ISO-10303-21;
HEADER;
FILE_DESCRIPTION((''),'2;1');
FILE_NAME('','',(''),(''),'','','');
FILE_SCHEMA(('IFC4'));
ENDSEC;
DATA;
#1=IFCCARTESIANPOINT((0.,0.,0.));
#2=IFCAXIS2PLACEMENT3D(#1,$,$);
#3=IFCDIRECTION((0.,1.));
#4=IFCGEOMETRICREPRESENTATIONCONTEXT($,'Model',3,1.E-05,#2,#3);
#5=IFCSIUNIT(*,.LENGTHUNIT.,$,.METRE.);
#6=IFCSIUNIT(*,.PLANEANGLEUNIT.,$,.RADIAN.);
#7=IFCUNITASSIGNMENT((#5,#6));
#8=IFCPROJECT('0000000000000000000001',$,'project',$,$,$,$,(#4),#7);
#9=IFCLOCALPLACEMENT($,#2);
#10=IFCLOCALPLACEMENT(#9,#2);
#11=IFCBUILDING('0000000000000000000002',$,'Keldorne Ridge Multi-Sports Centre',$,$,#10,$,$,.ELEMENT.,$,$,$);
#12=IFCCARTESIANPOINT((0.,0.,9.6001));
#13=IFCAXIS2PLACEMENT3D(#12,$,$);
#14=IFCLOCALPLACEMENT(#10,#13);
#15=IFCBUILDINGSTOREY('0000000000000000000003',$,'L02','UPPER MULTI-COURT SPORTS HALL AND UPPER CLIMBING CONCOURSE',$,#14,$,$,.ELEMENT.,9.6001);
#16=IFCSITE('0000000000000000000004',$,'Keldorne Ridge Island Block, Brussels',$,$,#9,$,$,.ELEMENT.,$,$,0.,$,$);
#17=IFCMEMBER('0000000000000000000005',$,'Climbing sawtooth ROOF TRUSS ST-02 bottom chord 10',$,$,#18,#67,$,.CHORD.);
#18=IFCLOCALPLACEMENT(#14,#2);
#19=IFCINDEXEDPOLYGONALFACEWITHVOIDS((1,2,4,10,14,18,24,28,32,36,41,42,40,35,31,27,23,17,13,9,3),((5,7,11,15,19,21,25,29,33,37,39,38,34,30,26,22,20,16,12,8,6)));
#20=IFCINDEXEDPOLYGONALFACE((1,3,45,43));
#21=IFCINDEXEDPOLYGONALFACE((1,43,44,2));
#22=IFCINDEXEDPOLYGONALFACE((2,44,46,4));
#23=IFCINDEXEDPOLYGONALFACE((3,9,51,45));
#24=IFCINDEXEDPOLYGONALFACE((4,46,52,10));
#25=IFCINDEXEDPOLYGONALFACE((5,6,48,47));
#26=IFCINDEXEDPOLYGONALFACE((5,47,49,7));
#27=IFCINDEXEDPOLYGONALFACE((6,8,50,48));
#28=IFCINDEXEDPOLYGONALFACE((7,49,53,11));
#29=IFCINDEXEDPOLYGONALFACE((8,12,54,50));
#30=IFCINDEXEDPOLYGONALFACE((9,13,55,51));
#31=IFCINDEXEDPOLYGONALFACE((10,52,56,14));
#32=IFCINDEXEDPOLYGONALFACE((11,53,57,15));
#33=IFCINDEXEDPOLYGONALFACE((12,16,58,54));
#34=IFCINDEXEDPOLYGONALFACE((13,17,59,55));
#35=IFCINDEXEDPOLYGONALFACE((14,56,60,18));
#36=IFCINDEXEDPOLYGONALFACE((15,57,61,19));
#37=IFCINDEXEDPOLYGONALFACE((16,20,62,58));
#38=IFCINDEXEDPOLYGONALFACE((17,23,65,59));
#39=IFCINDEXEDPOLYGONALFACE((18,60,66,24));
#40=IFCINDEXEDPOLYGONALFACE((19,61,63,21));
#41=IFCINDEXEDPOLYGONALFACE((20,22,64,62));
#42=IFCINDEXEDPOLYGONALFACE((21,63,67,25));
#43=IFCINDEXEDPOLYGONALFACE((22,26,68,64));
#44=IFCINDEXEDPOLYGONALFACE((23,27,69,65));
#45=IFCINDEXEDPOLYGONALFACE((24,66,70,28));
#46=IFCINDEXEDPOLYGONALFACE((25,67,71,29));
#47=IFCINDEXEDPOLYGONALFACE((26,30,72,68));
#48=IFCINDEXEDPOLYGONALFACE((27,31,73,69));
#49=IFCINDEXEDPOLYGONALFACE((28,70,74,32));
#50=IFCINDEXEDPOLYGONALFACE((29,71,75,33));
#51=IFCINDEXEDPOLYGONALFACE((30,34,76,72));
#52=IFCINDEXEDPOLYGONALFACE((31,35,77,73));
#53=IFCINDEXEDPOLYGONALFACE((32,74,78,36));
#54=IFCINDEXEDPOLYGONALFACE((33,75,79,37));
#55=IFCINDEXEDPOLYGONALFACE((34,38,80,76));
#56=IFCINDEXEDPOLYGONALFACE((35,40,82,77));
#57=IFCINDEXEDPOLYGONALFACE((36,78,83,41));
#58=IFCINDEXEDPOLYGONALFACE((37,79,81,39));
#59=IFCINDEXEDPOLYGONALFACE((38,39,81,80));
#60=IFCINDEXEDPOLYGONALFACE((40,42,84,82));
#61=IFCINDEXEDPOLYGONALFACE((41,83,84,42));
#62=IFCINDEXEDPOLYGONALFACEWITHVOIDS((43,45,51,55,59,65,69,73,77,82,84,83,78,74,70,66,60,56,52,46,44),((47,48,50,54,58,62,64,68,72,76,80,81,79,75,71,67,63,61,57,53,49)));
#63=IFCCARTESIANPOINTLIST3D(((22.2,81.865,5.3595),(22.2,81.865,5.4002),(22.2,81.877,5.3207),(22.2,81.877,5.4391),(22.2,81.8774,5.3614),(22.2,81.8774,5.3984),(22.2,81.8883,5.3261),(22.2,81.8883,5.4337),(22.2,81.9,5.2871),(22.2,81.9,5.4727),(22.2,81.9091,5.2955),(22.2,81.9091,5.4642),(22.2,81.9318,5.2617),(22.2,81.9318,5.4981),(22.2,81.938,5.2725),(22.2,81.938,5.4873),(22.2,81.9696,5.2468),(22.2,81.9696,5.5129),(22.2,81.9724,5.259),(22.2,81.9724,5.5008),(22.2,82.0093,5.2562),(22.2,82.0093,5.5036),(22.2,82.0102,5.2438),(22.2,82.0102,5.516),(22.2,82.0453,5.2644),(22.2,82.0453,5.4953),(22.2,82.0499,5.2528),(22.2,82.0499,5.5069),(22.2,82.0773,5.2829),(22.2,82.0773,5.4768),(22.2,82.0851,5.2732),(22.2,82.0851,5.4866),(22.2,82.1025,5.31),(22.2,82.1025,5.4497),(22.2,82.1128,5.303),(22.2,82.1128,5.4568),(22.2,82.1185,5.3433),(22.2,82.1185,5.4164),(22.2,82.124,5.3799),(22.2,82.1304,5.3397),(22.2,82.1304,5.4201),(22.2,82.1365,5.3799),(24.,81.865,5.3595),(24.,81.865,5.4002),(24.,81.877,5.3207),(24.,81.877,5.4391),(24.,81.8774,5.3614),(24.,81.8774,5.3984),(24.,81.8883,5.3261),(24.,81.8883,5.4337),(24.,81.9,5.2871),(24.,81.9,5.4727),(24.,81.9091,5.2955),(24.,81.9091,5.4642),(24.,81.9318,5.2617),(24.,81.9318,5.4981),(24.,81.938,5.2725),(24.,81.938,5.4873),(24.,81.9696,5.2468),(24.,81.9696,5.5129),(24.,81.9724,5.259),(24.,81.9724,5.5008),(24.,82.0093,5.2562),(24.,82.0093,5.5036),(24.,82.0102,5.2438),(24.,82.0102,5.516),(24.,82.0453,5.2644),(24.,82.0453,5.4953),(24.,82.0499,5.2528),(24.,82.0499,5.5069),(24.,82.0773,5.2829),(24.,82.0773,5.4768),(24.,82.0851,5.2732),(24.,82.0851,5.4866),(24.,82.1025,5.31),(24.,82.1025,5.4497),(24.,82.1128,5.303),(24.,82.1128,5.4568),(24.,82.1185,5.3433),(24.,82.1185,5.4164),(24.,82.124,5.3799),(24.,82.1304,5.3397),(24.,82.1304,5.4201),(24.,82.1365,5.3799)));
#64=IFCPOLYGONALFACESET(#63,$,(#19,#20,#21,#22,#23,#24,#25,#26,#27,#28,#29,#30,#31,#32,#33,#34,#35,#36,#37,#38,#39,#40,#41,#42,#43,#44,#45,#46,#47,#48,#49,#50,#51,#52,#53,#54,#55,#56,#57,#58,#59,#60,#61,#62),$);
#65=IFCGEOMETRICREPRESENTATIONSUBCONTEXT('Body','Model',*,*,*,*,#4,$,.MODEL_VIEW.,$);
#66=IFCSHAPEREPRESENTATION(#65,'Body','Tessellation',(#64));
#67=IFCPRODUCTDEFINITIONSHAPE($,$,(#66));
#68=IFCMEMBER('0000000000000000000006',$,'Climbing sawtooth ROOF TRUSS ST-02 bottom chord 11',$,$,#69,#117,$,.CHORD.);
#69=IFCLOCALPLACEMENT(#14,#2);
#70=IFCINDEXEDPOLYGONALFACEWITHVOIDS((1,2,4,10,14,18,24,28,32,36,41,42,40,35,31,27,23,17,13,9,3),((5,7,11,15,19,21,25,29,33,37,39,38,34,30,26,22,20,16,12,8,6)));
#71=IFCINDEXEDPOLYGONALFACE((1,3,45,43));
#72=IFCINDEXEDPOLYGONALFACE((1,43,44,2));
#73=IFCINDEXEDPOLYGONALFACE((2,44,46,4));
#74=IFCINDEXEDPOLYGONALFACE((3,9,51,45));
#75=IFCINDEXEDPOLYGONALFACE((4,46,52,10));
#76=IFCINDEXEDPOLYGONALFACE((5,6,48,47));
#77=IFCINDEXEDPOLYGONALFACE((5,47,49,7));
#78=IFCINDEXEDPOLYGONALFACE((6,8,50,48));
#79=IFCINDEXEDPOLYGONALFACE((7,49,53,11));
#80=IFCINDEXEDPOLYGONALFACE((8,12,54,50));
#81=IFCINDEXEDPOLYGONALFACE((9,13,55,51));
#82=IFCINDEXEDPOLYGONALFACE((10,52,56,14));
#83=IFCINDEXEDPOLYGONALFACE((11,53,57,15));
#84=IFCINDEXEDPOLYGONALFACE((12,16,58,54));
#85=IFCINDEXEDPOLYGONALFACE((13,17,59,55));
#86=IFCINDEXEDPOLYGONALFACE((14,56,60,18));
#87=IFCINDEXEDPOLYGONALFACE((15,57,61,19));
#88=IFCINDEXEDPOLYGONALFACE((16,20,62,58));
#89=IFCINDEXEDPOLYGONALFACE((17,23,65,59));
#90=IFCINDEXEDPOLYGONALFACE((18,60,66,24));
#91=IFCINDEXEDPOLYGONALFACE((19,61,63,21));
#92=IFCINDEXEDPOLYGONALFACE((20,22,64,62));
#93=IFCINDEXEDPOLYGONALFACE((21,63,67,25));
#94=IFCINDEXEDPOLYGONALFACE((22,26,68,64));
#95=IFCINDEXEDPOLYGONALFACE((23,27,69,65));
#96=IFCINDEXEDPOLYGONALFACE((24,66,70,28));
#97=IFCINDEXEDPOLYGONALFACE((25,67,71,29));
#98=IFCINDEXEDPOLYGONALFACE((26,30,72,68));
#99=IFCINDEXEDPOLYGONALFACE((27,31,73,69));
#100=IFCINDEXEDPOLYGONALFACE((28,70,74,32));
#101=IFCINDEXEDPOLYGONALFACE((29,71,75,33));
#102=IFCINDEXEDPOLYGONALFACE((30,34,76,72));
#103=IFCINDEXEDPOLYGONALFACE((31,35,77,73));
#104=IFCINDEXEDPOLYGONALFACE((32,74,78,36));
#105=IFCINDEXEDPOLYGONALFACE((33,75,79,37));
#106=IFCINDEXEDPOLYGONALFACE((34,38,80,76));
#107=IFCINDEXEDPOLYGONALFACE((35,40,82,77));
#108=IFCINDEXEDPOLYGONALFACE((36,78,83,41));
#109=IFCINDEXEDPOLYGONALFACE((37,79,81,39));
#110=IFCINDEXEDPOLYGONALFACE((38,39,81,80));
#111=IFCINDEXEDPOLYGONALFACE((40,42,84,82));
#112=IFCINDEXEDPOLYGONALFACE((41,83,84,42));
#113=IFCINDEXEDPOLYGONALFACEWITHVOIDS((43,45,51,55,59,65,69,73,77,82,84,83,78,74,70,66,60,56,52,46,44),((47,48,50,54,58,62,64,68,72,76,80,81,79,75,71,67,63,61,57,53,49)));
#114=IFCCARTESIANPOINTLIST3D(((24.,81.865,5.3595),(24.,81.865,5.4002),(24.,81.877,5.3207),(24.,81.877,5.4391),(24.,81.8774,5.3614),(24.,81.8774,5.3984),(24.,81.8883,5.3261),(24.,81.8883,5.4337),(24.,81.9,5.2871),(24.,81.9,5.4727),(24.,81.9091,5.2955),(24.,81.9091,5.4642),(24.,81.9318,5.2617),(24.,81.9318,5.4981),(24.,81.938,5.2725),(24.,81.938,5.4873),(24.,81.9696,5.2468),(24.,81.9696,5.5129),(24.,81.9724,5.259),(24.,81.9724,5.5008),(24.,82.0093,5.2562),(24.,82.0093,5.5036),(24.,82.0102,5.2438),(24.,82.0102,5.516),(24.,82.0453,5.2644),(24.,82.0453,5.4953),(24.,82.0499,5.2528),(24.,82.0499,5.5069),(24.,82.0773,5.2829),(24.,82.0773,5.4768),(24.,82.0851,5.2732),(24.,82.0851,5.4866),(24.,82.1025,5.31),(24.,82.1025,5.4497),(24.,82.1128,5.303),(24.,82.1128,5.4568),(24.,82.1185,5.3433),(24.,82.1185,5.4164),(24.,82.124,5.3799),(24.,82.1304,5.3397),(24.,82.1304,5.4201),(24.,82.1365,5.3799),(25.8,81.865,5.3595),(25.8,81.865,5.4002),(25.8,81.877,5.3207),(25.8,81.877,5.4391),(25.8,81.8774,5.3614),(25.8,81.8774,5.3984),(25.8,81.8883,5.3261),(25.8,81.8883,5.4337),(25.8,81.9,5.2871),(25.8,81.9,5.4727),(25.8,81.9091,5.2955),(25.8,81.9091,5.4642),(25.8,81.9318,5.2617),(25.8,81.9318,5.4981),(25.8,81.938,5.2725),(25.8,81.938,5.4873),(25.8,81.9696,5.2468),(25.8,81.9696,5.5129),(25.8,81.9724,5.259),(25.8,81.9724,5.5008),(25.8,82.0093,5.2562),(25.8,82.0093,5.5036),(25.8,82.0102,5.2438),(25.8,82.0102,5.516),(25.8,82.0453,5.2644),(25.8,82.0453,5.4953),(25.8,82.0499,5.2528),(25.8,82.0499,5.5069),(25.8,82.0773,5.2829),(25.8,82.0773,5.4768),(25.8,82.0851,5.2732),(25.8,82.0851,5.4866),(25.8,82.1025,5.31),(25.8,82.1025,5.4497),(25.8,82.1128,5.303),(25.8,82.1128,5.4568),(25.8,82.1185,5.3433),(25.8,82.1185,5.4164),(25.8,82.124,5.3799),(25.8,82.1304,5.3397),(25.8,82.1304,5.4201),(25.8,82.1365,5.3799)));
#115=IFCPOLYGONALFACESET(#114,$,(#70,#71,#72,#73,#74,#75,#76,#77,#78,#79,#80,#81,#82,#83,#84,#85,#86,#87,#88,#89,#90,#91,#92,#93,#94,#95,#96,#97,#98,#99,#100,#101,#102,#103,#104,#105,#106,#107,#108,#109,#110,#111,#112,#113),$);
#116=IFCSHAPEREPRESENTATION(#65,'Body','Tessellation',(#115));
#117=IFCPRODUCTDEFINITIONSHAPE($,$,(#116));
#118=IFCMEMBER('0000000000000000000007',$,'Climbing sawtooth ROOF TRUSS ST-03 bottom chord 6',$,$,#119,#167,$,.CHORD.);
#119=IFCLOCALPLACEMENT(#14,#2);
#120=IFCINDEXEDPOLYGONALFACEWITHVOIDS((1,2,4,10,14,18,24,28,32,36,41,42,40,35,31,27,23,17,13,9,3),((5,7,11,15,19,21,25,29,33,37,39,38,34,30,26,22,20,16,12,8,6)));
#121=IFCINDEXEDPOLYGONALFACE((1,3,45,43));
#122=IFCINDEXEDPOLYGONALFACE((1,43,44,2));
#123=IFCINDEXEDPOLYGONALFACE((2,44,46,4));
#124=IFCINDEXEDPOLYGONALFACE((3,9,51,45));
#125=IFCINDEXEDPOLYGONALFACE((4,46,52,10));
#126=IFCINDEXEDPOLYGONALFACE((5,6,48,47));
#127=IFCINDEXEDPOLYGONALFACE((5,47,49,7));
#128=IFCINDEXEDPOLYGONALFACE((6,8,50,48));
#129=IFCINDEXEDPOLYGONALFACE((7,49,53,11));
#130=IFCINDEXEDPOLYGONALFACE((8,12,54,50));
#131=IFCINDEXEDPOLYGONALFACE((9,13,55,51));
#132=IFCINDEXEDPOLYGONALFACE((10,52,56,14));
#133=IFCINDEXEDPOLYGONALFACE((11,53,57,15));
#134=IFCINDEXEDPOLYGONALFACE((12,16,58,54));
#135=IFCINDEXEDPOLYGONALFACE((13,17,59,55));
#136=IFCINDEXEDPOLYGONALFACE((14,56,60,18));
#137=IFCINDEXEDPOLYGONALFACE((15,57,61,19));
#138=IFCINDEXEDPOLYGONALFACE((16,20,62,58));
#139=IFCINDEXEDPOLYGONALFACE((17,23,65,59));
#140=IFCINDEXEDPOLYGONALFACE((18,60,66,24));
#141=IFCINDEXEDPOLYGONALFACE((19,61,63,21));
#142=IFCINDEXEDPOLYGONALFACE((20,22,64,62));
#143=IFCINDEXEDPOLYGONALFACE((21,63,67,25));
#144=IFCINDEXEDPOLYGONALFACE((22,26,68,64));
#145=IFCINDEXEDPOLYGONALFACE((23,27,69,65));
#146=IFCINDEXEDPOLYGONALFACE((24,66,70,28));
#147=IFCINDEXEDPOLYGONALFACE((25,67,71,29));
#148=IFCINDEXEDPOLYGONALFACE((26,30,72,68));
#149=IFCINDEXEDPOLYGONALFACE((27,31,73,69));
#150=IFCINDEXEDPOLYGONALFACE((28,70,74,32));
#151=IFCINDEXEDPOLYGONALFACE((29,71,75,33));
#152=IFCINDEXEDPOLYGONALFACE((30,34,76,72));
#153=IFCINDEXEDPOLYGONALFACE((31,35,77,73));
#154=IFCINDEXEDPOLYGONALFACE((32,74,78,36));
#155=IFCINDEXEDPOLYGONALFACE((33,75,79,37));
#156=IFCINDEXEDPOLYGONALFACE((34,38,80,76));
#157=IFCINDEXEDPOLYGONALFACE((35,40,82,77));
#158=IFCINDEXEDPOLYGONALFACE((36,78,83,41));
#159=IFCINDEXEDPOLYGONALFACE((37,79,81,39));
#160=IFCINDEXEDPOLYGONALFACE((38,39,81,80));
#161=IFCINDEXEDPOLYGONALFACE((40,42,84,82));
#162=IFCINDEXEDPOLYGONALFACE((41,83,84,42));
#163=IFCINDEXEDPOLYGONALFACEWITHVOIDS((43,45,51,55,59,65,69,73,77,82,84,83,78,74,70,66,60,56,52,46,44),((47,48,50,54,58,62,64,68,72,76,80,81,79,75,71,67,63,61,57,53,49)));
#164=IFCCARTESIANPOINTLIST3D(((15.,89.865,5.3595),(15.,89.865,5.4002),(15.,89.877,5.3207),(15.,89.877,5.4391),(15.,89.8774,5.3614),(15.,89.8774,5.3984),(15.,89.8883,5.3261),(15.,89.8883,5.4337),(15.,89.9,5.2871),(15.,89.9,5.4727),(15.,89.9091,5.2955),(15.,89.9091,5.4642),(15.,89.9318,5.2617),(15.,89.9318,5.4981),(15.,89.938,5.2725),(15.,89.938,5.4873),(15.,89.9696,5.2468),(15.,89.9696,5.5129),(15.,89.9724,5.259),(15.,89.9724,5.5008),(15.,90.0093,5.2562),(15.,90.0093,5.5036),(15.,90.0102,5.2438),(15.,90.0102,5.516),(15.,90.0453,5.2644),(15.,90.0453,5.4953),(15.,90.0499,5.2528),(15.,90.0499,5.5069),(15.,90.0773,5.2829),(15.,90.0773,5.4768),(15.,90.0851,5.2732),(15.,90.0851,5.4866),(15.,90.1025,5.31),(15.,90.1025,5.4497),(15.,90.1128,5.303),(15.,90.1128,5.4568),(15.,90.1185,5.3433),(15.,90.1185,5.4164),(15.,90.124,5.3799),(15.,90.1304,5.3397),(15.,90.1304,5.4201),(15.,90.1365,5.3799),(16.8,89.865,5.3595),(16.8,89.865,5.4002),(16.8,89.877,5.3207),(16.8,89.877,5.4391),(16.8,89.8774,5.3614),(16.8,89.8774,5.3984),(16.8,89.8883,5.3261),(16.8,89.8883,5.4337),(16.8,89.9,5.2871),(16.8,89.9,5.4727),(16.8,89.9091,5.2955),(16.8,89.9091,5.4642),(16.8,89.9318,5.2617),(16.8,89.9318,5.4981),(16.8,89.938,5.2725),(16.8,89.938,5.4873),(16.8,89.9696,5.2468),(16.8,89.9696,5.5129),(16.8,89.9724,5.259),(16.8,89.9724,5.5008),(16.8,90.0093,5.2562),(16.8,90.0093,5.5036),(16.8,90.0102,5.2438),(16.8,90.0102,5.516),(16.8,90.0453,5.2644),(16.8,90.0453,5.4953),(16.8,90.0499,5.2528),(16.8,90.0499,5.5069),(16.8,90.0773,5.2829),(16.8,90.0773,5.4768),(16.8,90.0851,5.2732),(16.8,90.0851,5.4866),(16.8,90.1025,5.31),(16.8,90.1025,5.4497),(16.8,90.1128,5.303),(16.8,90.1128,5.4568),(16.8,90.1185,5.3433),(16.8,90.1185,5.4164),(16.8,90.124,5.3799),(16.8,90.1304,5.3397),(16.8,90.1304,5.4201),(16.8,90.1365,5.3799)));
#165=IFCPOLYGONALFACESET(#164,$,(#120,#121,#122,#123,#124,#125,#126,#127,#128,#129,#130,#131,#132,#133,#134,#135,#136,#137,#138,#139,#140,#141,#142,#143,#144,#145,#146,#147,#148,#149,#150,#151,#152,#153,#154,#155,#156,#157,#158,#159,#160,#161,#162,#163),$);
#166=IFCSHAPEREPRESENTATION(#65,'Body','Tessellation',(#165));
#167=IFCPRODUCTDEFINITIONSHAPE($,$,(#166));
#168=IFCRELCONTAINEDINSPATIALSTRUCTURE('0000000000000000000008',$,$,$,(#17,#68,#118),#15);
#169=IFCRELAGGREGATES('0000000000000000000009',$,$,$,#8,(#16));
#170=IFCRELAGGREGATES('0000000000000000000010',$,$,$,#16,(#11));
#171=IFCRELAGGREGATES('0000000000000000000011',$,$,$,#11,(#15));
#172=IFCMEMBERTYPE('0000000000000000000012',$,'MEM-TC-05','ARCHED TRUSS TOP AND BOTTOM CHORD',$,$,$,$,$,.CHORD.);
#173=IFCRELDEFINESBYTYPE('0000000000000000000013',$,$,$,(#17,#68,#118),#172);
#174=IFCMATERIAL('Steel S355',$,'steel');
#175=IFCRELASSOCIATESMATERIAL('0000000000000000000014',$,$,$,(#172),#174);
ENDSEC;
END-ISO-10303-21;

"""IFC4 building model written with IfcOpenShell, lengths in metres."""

from ifc_helpers import new_model, si_unit, direction, frame, origin, origin_2d, place, context, subcontext, project, spatial, hollow_circle, extrude, material, material_profile, profile_set, type_object, element, save


model = new_model("IFC4")

# Units and contexts
model_context = context("Model", 3, precision=1e-05, world=origin(), true_north=direction((0.0, 1.0)))
body_context = subcontext(model_context, "Body", "Model", "MODEL_VIEW")
ifc_project = project(units=[si_unit("LENGTHUNIT", "METRE"), si_unit("PLANEANGLEUNIT", "RADIAN")], contexts=[model_context])

# Site, building, storey
site_placement = place(None, origin())
site = spatial("IfcSite", under=ifc_project, at=site_placement, Name="Keldorne Ridge Island Block, Brussels", CompositionType="ELEMENT", RefElevation=0.0)
building_placement = place(site_placement, origin())
building = spatial("IfcBuilding", under=site, at=building_placement, Name="Keldorne Ridge Multi-Sports Centre", CompositionType="ELEMENT")
storey_placement = place(building_placement, frame((0.0, 0.0, 9.6001)))
storey = spatial("IfcBuildingStorey", under=building, at=storey_placement, Name="L02", Description="UPPER MULTI-COURT SPORTS HALL AND UPPER CLIMBING CONCOURSE", CompositionType="ELEMENT", Elevation=9.6001)

# Members
ifc_material = material(Name="Steel S355", Category="steel")
ifc_material_profile_1 = material_profile(ifc_material, hollow_circle(Radius=0.1365, WallThickness=0.0125, at=origin_2d()), Name="CHS 273x12.5")
ifc_profile_set_1 = profile_set([ifc_material_profile_1], Name="Steel S355")
member_type_1 = type_object("IfcMemberType", Name="MEM-TC-05", Description="ARCHED TRUSS TOP AND BOTTOM CHORD", PredefinedType="CHORD", material=ifc_profile_set_1)
for number, where, z_axis, x_axis, name in (
    (1, (22.2, 82.0, 5.3799), (1.0, 0.0, 0.0), (0.0, 1.0, 0.0), "Climbing sawtooth ROOF TRUSS ST-02 bottom chord 10"),
    (2, (24.0, 82.0, 5.3799), (1.0, 0.0, 0.0), (0.0, 1.0, 0.0), "Climbing sawtooth ROOF TRUSS ST-02 bottom chord 11"),
    (3, (15.0, 90.0, 5.3799), (1.0, 0.0, 0.0), (0.0, 1.0, 0.0), "Climbing sawtooth ROOF TRUSS ST-03 bottom chord 6"),
):
    element("IfcMember", number, at=place(storey_placement, frame(where, z_axis=z_axis, x_axis=x_axis)), inside=storey, type_object=member_type_1, Name=name, PredefinedType="CHORD", context=body_context, shape_type="SweptSolid", body=[
        extrude(hollow_circle(Radius=0.1365, WallThickness=0.0125, at=origin_2d()), origin(), (0.0, 0.0, 1.0), 1.8),
    ])

save(model, "model.ifc")
